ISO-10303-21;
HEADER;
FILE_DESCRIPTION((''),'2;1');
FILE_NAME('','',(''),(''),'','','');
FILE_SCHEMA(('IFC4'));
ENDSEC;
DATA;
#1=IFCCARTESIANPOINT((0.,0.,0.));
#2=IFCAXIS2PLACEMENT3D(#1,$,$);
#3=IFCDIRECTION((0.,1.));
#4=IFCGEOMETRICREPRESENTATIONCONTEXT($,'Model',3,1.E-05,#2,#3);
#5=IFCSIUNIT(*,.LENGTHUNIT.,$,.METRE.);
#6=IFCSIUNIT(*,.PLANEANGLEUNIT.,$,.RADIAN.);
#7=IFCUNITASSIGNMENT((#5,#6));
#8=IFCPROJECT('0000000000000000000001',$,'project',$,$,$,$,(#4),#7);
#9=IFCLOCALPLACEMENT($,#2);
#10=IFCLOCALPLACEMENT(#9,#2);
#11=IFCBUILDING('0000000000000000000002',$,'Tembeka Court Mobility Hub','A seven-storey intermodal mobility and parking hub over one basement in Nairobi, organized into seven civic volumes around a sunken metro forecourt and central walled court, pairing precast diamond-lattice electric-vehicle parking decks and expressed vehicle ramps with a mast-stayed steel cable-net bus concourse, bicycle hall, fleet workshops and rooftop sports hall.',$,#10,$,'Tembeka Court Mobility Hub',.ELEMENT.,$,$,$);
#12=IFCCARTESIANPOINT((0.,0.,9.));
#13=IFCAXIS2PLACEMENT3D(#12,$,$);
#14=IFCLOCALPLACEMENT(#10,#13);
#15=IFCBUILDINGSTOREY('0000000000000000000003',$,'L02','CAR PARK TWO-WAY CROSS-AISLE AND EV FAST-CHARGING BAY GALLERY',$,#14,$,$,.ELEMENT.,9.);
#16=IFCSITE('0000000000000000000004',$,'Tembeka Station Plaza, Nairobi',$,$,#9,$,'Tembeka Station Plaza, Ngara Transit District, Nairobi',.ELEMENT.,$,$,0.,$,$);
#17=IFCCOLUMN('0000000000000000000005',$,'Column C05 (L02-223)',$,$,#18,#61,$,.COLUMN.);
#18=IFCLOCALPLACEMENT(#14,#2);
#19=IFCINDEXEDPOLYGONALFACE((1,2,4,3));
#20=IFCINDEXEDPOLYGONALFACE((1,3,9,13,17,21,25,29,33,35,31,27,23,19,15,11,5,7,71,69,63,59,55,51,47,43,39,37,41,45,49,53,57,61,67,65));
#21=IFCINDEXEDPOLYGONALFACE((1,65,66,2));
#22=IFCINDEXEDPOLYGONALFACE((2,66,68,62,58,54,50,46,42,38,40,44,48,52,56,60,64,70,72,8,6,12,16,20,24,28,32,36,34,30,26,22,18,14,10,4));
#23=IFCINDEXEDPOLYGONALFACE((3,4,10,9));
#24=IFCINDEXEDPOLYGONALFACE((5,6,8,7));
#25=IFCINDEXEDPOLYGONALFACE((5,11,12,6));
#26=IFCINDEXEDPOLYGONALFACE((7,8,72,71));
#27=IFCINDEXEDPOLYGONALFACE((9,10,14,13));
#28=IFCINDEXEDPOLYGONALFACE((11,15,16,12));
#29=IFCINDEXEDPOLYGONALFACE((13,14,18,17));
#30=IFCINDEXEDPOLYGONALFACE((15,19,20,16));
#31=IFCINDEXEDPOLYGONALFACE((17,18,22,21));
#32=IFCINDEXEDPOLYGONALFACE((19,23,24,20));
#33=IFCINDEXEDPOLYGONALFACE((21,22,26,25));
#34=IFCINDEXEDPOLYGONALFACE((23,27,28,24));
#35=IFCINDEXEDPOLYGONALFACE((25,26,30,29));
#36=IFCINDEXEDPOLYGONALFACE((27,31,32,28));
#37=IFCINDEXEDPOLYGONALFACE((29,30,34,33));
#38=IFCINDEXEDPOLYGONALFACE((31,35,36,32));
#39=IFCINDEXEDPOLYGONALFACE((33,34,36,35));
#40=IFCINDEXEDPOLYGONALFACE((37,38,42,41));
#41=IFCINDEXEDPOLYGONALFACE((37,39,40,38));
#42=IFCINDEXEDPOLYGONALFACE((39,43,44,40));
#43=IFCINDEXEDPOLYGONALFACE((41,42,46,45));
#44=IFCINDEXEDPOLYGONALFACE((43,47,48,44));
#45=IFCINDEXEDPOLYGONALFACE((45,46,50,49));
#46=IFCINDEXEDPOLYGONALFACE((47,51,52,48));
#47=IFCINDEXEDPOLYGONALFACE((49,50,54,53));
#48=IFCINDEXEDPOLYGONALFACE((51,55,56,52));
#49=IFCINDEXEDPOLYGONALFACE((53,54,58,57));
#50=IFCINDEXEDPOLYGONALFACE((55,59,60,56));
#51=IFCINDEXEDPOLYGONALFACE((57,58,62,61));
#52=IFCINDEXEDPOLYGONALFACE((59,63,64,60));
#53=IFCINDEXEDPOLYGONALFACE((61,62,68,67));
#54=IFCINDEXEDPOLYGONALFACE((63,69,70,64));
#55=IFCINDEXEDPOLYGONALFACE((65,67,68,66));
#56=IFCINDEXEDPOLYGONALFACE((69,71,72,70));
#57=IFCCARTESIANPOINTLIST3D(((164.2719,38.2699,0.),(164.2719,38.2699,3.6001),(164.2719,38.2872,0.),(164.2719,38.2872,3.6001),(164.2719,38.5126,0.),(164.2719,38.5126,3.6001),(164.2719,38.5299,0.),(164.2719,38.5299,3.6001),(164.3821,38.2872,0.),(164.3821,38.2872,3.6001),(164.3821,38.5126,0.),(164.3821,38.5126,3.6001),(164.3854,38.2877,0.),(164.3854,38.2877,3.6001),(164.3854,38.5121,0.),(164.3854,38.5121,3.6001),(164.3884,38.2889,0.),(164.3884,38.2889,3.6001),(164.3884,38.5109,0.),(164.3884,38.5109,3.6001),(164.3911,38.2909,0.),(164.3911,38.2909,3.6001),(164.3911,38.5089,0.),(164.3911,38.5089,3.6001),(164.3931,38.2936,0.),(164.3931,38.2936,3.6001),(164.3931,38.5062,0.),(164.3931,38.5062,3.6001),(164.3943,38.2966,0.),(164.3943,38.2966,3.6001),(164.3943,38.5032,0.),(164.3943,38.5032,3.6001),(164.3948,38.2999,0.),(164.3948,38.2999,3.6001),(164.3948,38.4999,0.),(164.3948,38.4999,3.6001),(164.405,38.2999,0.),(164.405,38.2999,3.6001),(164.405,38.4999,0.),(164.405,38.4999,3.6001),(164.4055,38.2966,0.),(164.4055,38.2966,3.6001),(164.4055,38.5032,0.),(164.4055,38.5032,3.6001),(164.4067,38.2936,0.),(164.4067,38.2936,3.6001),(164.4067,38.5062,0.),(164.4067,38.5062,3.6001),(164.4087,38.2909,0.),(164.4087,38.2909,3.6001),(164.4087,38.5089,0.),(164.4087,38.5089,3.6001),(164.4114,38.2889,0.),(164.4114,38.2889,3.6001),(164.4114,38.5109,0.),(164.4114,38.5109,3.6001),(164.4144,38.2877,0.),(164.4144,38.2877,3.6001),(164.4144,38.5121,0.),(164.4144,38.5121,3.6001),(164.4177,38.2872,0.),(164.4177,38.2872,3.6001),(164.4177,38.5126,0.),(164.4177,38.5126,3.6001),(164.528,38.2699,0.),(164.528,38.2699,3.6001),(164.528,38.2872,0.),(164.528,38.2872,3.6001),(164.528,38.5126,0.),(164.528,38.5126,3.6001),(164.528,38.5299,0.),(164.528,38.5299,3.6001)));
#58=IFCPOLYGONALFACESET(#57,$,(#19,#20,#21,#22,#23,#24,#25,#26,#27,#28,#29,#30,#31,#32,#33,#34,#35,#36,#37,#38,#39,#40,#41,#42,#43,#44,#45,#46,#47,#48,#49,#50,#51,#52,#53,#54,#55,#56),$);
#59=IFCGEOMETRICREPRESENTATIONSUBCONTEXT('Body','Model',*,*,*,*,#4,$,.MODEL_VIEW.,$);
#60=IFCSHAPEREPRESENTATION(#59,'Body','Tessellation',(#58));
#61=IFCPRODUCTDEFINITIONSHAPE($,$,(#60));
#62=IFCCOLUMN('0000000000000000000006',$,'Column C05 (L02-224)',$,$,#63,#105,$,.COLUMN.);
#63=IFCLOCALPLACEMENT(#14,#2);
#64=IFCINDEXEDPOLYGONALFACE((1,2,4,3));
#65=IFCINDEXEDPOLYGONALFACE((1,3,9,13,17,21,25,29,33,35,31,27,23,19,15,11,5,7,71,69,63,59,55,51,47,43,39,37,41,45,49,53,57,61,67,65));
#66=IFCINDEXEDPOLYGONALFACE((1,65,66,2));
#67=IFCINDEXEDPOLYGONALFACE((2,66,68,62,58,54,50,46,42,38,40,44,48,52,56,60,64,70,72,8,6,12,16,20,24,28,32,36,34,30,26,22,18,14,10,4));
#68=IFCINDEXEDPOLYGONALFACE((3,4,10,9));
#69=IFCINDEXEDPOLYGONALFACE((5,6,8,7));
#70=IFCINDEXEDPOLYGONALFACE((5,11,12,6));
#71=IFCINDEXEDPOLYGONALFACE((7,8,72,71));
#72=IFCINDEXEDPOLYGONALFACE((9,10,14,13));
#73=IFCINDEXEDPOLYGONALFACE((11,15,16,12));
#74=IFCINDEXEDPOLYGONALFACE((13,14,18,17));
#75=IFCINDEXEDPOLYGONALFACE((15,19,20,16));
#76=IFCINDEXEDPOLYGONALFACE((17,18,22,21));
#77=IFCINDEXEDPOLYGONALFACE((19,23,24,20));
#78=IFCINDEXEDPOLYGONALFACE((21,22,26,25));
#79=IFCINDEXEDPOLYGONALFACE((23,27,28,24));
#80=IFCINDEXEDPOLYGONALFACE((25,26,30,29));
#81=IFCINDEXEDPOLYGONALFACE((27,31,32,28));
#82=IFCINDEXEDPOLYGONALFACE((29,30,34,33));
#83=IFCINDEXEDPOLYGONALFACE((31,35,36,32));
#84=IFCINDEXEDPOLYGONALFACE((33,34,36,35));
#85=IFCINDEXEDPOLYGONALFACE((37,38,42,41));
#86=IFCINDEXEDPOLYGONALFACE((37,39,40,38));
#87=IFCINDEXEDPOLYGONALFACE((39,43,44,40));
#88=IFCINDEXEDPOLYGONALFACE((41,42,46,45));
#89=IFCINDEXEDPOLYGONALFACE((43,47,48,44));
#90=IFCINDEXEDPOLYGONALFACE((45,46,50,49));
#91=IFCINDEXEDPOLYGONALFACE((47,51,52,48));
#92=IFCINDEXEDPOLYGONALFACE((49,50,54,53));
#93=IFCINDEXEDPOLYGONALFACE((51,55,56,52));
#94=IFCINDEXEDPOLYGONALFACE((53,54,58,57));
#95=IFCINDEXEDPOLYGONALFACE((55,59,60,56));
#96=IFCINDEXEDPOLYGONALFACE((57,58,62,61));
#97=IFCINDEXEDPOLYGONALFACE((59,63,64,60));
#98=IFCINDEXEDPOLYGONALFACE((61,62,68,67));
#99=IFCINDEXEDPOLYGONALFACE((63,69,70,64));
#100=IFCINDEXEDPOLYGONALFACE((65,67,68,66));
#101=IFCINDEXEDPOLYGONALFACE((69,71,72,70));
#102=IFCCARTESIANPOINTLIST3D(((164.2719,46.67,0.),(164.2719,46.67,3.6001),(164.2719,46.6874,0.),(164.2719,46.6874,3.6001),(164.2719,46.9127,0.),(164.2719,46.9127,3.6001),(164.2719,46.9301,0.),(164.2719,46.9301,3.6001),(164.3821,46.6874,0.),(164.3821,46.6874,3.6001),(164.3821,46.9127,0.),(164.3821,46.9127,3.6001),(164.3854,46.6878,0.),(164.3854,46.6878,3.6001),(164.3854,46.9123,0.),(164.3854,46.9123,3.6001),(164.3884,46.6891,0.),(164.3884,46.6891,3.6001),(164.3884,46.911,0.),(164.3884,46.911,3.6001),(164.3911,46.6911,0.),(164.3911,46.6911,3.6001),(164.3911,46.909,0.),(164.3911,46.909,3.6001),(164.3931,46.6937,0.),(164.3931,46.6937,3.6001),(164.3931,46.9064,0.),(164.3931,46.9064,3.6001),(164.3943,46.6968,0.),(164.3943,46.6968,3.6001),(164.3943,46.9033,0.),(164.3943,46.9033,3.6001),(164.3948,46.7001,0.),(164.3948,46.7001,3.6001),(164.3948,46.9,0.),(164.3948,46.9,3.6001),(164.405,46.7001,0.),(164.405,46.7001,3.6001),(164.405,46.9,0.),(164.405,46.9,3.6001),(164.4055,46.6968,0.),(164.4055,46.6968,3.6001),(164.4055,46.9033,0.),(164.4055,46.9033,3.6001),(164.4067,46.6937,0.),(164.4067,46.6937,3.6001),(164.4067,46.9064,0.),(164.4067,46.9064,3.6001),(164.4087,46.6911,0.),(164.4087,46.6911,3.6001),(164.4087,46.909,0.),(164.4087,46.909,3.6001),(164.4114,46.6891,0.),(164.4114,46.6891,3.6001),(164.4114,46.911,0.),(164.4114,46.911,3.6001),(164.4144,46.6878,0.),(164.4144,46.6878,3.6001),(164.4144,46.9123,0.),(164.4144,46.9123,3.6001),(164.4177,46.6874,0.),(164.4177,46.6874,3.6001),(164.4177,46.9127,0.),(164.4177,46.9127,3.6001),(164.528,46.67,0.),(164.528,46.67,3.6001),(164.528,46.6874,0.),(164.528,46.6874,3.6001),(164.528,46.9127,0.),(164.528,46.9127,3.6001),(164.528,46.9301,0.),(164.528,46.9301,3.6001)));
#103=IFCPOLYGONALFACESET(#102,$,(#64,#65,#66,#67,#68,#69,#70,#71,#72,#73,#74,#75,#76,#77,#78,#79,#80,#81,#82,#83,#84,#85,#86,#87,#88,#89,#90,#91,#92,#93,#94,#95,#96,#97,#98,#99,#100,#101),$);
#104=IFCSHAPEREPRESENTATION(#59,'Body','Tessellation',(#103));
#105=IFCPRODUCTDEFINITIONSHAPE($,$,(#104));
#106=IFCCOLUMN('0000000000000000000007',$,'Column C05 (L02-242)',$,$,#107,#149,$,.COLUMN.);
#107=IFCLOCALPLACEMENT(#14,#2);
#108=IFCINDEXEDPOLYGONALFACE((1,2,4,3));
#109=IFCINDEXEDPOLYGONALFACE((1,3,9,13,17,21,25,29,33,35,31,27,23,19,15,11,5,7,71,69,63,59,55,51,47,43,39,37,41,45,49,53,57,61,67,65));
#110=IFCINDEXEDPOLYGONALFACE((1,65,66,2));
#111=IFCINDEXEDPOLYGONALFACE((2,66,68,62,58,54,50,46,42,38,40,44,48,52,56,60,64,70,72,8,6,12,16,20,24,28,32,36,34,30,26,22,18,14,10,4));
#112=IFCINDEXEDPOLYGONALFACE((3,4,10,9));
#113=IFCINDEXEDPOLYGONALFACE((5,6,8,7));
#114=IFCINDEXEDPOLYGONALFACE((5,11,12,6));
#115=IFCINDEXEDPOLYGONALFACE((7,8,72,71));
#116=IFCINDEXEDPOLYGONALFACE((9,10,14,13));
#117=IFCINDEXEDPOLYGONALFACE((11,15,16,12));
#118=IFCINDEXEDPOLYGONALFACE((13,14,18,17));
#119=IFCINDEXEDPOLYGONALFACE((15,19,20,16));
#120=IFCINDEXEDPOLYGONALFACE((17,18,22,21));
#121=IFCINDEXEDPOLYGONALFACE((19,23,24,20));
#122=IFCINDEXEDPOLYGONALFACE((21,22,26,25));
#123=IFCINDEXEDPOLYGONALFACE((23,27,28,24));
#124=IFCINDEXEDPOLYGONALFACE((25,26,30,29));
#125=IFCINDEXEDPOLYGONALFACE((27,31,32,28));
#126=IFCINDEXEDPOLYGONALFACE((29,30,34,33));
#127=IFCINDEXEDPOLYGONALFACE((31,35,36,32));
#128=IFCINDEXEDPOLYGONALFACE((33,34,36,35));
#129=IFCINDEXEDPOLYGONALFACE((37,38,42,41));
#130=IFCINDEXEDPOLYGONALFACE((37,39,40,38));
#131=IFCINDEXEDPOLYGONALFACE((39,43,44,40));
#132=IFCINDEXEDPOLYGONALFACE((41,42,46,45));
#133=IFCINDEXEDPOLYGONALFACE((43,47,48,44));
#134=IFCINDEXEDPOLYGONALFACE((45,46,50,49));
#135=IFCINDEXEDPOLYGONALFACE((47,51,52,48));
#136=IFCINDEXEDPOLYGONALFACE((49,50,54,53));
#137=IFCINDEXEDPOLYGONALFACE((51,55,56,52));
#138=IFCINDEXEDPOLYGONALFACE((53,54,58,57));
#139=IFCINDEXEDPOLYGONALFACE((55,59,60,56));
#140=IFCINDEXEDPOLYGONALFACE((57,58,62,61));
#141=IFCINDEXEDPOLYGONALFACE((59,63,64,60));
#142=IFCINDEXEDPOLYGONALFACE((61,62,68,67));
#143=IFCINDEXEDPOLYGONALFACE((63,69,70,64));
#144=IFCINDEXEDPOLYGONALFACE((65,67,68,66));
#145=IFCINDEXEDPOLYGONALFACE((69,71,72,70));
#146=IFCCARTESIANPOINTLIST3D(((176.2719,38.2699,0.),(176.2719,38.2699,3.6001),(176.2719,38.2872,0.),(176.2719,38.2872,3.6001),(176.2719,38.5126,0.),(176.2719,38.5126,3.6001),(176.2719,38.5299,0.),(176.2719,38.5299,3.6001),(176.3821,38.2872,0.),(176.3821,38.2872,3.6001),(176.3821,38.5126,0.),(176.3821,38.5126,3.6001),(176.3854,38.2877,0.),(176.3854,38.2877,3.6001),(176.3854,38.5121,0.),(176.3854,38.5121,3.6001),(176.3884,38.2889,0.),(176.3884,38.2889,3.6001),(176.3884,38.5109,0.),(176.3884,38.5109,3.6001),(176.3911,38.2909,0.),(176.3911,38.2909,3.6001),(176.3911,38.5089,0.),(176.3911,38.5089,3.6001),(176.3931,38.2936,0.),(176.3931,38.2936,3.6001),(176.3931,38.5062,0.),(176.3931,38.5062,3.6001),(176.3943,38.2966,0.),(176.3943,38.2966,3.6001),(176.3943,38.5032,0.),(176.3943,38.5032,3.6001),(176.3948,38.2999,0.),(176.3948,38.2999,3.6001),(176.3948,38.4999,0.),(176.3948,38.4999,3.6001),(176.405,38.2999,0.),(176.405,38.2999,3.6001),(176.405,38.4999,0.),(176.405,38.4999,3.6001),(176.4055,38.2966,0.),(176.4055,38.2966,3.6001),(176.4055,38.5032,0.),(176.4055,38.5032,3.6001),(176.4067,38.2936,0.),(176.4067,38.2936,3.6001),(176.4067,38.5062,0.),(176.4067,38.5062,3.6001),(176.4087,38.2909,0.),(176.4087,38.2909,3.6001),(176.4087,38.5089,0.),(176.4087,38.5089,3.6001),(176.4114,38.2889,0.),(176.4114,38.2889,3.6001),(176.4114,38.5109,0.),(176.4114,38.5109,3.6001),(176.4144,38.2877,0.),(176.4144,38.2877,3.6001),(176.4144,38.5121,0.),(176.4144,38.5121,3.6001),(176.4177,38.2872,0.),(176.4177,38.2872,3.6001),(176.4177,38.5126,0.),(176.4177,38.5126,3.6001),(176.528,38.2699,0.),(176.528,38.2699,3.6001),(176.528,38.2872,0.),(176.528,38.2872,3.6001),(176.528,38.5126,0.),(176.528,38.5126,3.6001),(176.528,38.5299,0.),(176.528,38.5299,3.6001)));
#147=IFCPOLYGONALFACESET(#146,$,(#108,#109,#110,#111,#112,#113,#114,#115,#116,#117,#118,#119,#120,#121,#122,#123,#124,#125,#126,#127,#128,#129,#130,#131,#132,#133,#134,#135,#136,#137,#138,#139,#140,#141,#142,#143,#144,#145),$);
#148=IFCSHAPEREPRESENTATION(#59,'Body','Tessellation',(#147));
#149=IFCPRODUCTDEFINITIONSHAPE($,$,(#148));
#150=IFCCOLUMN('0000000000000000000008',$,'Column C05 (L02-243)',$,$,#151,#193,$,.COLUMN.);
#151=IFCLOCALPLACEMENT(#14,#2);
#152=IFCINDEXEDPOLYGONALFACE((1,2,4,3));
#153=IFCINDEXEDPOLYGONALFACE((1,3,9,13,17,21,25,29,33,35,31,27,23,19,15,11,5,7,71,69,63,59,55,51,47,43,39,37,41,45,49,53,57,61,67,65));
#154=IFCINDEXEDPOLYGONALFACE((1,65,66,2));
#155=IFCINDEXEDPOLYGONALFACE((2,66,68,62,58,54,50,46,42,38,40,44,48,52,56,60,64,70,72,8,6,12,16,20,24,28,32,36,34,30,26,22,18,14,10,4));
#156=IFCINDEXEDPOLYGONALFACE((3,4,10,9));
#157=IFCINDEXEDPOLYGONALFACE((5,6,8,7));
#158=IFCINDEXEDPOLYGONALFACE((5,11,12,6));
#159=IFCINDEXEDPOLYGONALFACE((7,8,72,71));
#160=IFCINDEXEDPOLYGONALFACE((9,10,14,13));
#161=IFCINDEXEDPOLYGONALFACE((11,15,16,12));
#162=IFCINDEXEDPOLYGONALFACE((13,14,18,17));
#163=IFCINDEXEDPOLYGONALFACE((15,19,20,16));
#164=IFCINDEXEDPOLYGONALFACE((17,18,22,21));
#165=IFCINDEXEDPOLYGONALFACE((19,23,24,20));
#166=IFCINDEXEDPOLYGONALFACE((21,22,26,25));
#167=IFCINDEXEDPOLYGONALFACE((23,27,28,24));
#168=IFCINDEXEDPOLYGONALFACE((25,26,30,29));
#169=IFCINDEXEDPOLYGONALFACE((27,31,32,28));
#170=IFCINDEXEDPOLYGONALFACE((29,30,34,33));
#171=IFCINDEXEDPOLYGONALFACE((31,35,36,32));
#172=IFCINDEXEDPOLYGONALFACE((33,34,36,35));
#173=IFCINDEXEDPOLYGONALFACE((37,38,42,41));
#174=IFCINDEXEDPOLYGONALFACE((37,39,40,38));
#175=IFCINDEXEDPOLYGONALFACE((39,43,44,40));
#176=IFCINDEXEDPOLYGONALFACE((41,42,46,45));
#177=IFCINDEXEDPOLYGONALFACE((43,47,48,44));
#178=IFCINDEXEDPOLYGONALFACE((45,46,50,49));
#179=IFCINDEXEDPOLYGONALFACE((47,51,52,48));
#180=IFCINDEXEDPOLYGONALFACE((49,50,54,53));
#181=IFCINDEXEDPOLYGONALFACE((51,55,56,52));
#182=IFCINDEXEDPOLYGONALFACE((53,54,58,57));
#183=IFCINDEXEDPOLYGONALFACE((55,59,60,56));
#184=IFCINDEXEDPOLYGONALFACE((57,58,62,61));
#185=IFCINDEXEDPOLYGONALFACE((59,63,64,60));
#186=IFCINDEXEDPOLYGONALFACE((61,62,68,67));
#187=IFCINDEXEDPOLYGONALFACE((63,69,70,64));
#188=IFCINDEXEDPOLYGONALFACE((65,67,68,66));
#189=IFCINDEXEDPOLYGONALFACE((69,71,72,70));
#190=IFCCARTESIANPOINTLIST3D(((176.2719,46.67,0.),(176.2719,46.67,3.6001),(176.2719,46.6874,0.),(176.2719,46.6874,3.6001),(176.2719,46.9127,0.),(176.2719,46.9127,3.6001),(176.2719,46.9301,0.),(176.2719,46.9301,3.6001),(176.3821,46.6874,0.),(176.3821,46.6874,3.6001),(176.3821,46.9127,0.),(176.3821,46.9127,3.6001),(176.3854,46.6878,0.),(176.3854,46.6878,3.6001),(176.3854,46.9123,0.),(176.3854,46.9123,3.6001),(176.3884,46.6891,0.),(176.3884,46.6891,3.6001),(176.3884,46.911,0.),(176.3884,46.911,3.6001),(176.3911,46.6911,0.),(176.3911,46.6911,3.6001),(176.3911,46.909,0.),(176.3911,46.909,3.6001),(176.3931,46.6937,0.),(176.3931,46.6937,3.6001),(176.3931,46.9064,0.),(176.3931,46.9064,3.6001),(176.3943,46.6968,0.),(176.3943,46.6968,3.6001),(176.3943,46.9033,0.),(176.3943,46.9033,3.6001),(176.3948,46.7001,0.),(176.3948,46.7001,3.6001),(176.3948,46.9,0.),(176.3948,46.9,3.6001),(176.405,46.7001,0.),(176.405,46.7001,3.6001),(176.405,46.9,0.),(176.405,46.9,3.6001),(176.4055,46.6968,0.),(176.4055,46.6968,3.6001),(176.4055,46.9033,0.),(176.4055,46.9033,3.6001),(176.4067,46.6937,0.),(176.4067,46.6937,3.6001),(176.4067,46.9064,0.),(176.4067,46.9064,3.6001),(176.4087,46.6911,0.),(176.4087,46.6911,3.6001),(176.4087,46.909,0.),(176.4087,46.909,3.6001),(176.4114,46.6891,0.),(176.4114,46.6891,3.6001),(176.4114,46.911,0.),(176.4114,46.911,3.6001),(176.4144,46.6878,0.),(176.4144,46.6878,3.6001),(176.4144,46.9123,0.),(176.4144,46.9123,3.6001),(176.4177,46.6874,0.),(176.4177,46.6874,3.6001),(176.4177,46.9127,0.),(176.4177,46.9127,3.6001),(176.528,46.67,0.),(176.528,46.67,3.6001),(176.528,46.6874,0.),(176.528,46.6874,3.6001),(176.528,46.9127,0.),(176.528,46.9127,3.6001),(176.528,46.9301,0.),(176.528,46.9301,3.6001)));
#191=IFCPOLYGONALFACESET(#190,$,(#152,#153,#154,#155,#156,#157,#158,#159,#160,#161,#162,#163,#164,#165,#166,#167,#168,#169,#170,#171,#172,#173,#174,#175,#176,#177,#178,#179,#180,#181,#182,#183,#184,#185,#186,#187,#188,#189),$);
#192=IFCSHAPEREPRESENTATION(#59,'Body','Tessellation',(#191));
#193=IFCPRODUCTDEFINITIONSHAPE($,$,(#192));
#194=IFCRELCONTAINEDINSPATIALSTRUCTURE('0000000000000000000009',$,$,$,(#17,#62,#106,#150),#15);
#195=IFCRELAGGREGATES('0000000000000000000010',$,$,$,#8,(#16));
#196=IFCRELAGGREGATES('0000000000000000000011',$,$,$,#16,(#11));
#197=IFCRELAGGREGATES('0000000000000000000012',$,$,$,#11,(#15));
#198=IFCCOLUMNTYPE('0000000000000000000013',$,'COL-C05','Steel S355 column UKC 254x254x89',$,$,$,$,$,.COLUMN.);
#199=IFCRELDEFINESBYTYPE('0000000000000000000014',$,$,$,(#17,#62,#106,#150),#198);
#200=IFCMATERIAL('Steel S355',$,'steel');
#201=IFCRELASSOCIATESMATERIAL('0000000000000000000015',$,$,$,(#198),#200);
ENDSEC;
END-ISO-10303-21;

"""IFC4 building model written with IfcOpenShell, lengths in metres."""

from ifc_helpers import new_model, si_unit, direction, frame, origin, origin_2d, place, context, subcontext, project, spatial, i_section, extrude, material, material_profile, profile_set, type_object, element, save


model = new_model("IFC4")

# Units and contexts
model_context = context("Model", 3, precision=1e-05, world=origin(), true_north=direction((0.0, 1.0)))
body_context = subcontext(model_context, "Body", "Model", "MODEL_VIEW")
ifc_project = project(units=[si_unit("LENGTHUNIT", "METRE"), si_unit("PLANEANGLEUNIT", "RADIAN")], contexts=[model_context])

# Site, building, storey
site_placement = place(None, origin())
site = spatial("IfcSite", under=ifc_project, at=site_placement, Name="Tembeka Station Plaza, Nairobi", LongName="Tembeka Station Plaza, Ngara Transit District, Nairobi", CompositionType="ELEMENT", RefElevation=0.0)
building_placement = place(site_placement, origin())
building = spatial("IfcBuilding", under=site, at=building_placement, Name="Tembeka Court Mobility Hub", Description="A seven-storey intermodal mobility and parking hub over one basement in Nairobi, organized into seven civic volumes around a sunken metro forecourt and central walled court, pairing precast diamond-lattice electric-vehicle parking decks and expressed vehicle ramps with a mast-stayed steel cable-net bus concourse, bicycle hall, fleet workshops and rooftop sports hall.", LongName="Tembeka Court Mobility Hub", CompositionType="ELEMENT")
storey_placement = place(building_placement, frame((0.0, 0.0, 9.0)))
storey = spatial("IfcBuildingStorey", under=building, at=storey_placement, Name="L02", Description="CAR PARK TWO-WAY CROSS-AISLE AND EV FAST-CHARGING BAY GALLERY", CompositionType="ELEMENT", Elevation=9.0)

# Columns
ifc_material_1 = material(Name="Steel S355", Category="steel")
ifc_material_profile_1 = material_profile(ifc_material_1, i_section(OverallWidth=0.2561, OverallDepth=0.26, WebThickness=0.0103, FlangeThickness=0.0173, FilletRadius=0.0127, at=origin_2d()), Name="UKC 254x254x89")
ifc_profile_set_1 = profile_set([ifc_material_profile_1], Name="Steel S355")
column_type = type_object("IfcColumnType", Name="COL-C05", Description="Steel S355 column UKC 254x254x89", PredefinedType="COLUMN", material=ifc_profile_set_1)
for number, where, z_axis, x_axis, name in (
    (1, (164.3999, 38.3999, 0.0), (0.0, 0.0, 1.0), (1.0, 0.0, 0.0), "Column C05 (L02-223)"),
    (2, (164.3999, 46.8, 0.0), (0.0, 0.0, 1.0), (1.0, 0.0, 0.0), "Column C05 (L02-224)"),
    (3, (176.3999, 38.3999, 0.0), (0.0, 0.0, 1.0), (1.0, 0.0, 0.0), "Column C05 (L02-242)"),
    (4, (176.3999, 46.8, 0.0), (0.0, 0.0, 1.0), (1.0, 0.0, 0.0), "Column C05 (L02-243)"),
):
    element("IfcColumn", number, at=place(storey_placement, frame(where, z_axis=z_axis, x_axis=x_axis)), inside=storey, type_object=column_type, Name=name, PredefinedType="COLUMN", context=body_context, shape_type="SweptSolid", body=[
        extrude(i_section(OverallWidth=0.2561, OverallDepth=0.26, WebThickness=0.0103, FlangeThickness=0.0173, FilletRadius=0.0127, at=origin_2d()), origin(), (0.0, 0.0, 1.0), 3.6001),
    ])

save(model, "model.ifc")
